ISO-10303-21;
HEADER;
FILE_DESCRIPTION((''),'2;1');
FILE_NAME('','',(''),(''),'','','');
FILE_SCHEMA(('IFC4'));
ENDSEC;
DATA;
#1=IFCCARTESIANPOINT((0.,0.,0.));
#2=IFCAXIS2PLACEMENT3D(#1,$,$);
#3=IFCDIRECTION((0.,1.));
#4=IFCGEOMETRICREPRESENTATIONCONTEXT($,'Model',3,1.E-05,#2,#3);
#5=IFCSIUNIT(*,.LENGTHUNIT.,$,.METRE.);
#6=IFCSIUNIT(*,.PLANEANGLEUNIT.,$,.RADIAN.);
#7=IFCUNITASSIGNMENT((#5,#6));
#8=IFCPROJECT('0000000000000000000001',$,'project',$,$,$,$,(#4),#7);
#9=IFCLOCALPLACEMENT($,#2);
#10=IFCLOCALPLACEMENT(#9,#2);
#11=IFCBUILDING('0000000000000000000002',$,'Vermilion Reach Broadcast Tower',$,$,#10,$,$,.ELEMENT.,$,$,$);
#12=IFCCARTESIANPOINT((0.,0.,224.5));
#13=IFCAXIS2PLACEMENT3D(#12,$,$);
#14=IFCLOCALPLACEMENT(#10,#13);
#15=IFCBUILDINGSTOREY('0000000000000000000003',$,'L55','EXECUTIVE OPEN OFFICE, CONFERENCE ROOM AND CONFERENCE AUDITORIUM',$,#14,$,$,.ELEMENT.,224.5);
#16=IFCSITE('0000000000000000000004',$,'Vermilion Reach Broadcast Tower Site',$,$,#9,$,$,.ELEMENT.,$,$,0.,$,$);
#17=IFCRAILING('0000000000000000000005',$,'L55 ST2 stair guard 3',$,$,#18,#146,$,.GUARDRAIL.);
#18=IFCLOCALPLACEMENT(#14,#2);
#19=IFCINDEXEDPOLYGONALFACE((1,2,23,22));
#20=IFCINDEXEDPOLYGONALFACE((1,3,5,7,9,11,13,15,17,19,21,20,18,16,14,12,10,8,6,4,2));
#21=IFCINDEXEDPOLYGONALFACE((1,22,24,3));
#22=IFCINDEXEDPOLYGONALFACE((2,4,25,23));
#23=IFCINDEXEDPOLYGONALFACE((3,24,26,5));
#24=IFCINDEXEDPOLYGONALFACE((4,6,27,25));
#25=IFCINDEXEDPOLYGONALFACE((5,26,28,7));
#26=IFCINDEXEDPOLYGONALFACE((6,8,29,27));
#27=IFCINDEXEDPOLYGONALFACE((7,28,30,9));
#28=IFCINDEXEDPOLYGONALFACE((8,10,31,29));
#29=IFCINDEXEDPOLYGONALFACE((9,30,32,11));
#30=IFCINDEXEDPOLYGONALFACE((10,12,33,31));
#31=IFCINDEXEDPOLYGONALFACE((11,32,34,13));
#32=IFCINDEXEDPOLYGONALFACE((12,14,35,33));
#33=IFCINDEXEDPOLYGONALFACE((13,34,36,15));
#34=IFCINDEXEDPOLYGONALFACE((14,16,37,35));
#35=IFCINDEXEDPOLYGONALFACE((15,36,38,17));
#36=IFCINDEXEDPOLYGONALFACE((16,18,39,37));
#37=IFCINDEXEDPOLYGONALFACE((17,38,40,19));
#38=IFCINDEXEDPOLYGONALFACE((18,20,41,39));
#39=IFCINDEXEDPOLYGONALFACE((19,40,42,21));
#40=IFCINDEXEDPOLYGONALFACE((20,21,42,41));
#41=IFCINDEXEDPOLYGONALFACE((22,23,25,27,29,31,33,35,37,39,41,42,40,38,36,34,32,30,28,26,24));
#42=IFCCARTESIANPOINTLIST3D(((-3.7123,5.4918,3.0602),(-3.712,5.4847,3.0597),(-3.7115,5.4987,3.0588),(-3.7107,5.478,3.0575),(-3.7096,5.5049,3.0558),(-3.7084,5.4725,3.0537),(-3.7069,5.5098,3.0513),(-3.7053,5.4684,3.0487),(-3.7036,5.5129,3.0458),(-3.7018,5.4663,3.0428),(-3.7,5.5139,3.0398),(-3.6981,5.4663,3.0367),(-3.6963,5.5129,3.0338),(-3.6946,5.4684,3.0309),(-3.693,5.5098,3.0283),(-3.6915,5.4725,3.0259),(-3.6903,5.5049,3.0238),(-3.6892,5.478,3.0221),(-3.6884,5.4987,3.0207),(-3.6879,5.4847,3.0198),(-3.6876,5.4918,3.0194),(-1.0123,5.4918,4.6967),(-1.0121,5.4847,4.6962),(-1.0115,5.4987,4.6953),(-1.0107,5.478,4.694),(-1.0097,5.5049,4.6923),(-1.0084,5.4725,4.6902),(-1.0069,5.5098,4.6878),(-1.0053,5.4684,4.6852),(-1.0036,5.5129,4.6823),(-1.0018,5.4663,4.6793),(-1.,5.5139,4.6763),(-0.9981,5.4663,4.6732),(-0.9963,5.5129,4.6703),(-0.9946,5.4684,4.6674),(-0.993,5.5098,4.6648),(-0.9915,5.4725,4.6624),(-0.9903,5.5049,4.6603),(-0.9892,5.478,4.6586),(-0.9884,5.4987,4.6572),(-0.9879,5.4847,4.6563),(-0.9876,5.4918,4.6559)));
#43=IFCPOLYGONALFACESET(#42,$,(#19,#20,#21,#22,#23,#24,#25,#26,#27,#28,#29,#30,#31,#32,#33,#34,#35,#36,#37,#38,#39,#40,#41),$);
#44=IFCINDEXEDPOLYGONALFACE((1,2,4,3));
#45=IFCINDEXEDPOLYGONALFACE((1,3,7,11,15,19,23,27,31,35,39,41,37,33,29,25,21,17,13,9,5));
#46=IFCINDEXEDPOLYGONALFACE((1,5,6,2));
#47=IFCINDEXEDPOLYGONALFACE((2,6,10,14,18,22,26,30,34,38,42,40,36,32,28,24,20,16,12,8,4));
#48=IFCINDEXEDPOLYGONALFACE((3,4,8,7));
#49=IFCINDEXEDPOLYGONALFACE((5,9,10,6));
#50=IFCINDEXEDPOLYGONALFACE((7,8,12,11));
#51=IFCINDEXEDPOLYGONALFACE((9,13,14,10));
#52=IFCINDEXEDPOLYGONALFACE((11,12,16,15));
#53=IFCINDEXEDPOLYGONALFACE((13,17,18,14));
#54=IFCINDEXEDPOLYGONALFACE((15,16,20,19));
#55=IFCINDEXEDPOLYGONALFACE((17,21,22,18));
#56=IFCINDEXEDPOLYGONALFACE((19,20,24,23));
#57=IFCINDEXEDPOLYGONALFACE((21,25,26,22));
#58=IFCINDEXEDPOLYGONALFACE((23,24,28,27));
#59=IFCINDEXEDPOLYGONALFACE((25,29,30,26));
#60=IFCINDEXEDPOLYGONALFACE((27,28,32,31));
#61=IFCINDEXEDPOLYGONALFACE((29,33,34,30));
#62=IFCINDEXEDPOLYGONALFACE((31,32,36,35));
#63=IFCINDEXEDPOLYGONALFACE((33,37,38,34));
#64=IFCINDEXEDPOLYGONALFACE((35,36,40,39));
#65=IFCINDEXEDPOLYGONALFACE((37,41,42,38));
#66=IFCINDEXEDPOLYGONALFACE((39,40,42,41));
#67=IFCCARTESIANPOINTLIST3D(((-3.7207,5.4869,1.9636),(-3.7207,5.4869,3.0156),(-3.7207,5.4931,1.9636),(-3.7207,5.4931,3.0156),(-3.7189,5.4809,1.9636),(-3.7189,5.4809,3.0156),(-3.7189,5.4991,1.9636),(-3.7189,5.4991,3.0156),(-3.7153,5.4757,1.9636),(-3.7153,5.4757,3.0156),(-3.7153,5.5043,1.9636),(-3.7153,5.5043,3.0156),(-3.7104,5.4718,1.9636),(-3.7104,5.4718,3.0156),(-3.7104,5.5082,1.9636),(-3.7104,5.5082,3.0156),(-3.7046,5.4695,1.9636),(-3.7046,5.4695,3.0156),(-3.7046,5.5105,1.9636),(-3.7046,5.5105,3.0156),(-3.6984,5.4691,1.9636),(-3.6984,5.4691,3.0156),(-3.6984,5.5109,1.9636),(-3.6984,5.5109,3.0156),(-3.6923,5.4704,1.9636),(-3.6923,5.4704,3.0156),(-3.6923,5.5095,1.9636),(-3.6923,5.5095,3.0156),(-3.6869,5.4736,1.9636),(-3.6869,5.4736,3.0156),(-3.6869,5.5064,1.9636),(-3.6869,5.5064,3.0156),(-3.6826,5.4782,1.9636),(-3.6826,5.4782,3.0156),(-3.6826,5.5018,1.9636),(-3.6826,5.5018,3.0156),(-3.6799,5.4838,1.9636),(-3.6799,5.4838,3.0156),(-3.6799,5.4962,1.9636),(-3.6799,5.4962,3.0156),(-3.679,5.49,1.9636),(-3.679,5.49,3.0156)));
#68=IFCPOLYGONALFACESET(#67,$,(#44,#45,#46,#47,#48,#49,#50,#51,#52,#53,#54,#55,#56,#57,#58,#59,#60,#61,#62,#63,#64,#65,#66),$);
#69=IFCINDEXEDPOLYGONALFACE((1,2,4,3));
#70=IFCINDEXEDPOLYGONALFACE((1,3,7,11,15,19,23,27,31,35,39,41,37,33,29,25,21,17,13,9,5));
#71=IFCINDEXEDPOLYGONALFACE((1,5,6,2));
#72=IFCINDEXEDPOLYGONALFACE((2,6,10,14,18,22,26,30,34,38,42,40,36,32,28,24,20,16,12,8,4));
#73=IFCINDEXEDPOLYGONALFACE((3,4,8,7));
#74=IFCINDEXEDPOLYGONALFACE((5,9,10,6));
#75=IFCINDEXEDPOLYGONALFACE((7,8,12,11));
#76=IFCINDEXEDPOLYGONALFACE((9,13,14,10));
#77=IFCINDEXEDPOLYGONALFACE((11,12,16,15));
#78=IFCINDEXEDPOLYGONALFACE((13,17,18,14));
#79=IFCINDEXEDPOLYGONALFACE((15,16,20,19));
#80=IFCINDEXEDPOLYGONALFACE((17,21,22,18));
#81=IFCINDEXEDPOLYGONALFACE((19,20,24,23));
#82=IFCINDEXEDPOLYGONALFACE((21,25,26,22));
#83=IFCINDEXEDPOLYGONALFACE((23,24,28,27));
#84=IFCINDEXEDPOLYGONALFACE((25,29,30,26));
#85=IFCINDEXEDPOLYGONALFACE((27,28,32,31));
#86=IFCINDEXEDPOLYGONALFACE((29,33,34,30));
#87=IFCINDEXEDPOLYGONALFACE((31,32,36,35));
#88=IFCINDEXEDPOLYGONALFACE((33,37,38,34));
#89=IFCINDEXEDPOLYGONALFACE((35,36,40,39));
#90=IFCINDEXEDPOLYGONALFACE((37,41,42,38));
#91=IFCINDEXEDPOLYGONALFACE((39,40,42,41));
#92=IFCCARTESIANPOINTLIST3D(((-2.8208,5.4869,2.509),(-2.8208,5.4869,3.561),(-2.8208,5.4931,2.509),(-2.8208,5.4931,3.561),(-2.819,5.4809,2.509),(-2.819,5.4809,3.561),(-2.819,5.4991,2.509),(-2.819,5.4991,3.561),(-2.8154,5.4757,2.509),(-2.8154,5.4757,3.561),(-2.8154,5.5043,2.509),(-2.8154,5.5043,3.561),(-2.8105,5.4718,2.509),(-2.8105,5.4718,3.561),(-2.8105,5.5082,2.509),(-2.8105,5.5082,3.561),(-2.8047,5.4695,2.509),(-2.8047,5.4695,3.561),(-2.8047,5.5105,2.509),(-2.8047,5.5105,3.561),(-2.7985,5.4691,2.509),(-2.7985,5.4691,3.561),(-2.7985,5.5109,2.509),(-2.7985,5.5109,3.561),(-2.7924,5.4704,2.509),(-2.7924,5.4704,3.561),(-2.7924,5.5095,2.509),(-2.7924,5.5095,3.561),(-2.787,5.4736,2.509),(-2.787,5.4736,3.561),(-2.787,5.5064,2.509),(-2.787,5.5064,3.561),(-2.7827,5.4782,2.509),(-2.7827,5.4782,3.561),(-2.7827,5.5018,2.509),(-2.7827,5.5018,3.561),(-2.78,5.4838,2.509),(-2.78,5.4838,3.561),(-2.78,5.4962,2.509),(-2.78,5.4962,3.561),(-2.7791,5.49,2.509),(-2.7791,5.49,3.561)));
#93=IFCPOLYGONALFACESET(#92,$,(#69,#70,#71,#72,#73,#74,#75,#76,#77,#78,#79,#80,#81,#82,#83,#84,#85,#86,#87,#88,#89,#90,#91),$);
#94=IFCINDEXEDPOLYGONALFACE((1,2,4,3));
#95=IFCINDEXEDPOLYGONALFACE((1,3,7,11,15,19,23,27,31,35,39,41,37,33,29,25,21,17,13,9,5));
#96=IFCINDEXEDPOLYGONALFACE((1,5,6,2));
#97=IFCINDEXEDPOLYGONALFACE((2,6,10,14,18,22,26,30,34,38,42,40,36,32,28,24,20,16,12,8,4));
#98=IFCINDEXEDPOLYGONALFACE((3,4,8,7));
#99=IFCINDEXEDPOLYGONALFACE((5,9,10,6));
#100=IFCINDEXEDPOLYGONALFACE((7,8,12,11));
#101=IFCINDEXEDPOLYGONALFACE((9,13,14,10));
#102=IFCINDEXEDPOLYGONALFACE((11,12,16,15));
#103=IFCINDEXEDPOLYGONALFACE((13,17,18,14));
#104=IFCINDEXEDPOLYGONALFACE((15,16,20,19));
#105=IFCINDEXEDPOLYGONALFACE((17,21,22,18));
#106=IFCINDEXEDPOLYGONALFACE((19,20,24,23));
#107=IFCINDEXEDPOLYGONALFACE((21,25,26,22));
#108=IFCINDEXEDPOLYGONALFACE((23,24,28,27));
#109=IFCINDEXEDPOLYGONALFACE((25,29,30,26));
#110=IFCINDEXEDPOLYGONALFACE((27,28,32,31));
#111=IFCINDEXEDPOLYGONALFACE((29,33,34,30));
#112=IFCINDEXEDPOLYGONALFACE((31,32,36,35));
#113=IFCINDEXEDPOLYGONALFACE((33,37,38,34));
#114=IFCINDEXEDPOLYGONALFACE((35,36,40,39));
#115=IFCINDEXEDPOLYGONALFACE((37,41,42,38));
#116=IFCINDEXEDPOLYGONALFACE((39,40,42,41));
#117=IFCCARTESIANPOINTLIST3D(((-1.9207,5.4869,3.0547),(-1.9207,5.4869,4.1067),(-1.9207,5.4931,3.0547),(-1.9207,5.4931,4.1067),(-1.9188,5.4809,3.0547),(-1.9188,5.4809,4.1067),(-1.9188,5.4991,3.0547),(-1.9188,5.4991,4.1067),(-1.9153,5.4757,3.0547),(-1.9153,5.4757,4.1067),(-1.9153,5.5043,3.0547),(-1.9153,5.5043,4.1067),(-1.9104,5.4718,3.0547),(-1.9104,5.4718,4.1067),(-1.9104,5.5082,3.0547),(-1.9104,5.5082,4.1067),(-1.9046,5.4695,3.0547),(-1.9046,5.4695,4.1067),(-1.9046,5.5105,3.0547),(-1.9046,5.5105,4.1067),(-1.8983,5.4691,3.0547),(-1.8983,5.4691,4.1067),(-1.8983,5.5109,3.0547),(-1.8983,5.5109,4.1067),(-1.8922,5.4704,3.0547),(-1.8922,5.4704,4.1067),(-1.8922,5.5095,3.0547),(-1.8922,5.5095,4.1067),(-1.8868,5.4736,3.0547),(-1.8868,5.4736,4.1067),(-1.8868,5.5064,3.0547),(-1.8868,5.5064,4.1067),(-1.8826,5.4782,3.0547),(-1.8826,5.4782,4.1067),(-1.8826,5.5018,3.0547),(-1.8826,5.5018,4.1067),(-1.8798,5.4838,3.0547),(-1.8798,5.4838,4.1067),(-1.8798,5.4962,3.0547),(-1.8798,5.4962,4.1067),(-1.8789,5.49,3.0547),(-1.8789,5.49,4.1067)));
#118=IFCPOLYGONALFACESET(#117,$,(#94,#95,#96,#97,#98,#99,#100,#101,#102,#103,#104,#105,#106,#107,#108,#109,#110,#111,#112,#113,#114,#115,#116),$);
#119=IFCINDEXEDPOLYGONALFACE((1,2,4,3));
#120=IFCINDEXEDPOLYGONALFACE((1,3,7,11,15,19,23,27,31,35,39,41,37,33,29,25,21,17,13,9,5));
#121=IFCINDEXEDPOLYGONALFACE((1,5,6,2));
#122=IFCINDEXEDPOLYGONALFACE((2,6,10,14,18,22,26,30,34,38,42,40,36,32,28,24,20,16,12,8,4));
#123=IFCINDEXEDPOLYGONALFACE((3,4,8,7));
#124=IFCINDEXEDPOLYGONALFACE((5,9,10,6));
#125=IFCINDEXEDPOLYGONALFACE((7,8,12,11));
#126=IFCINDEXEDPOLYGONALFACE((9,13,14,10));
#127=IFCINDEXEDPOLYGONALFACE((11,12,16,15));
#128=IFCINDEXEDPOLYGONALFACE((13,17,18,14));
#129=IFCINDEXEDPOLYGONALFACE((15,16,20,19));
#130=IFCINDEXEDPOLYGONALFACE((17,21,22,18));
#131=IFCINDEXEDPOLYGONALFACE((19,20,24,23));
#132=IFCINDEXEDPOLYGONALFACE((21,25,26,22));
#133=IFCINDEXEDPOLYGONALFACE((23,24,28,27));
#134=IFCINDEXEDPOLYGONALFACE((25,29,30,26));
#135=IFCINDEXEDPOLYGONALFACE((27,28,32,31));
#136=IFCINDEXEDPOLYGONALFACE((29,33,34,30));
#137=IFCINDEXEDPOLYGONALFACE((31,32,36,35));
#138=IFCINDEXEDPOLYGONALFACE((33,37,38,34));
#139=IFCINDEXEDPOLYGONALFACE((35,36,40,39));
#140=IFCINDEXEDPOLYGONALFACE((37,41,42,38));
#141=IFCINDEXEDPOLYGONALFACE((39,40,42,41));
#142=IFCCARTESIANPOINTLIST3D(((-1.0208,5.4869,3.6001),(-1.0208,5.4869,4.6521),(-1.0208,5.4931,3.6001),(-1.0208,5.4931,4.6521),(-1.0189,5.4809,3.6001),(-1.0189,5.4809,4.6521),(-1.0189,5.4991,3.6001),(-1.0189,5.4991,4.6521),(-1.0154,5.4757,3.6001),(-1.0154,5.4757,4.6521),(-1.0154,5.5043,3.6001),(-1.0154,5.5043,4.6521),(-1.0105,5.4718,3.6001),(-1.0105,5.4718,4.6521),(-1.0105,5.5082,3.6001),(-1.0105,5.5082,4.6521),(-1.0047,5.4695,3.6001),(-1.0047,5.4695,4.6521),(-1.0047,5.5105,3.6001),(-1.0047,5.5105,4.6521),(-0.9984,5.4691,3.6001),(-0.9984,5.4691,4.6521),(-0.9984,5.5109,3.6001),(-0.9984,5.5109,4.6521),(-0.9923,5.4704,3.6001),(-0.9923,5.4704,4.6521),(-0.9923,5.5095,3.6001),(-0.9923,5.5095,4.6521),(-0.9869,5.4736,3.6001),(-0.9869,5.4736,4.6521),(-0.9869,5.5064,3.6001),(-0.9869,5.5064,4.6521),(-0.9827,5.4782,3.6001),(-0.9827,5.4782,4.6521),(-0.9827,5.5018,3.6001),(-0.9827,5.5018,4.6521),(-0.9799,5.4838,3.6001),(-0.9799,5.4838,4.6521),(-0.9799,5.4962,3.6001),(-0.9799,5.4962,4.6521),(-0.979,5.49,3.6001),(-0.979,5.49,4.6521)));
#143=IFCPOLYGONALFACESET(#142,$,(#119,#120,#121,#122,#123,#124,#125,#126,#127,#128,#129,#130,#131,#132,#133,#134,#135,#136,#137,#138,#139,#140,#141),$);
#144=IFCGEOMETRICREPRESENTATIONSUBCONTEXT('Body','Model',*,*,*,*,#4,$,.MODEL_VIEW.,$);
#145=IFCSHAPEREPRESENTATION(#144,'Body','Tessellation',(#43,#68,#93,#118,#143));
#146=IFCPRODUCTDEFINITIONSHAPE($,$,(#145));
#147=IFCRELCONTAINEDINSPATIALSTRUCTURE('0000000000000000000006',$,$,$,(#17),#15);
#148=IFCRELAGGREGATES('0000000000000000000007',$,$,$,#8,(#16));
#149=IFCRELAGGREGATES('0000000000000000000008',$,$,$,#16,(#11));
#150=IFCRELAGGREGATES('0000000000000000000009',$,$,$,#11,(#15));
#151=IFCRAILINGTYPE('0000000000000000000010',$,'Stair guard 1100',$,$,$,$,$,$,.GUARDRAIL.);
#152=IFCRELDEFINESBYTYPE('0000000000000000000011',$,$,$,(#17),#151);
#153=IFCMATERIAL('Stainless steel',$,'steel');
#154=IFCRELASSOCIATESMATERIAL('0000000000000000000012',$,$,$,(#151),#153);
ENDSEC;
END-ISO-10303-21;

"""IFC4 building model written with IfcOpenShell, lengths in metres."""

from ifc_helpers import new_model, si_unit, direction, frame, origin, origin_2d, place, context, subcontext, project, spatial, circle, extrude, material, type_object, element, save


model = new_model("IFC4")

# Units and contexts
model_context = context("Model", 3, precision=1e-05, world=origin(), true_north=direction((0.0, 1.0)))
body_context = subcontext(model_context, "Body", "Model", "MODEL_VIEW")
ifc_project = project(units=[si_unit("LENGTHUNIT", "METRE"), si_unit("PLANEANGLEUNIT", "RADIAN")], contexts=[model_context])

# Site, building, storey
site_placement = place(None, origin())
site = spatial("IfcSite", under=ifc_project, at=site_placement, Name="Vermilion Reach Broadcast Tower Site", CompositionType="ELEMENT", RefElevation=0.0)
building_placement = place(site_placement, origin())
building = spatial("IfcBuilding", under=site, at=building_placement, Name="Vermilion Reach Broadcast Tower", CompositionType="ELEMENT")
storey_placement = place(building_placement, frame((0.0, 0.0, 224.5)))
storey = spatial("IfcBuildingStorey", under=building, at=storey_placement, Name="L55", Description="EXECUTIVE OPEN OFFICE, CONFERENCE ROOM AND CONFERENCE AUDITORIUM", CompositionType="ELEMENT", Elevation=224.5)

# Railing
ifc_material_1 = material(Name="Stainless steel", Category="steel")
railing_type_1 = type_object("IfcRailingType", Name="Stair guard 1100", PredefinedType="GUARDRAIL", material=ifc_material_1)
railing_1_placement = place(storey_placement, frame((-3.7, 5.49, 1.9636)))
element("IfcRailing", 1, at=railing_1_placement, inside=storey, type_object=railing_type_1, Name="L55 ST2 stair guard 3", PredefinedType="GUARDRAIL", context=body_context, shape_type="SweptSolid", body=[
    extrude(circle(Radius=0.0239, at=origin_2d()), frame((0.0, 0.0, 1.0762), z_axis=(0.855178, 0.0, 0.518334), x_axis=(0.0, 1.0, 0.0)), (0.0, 0.0, 1.0), 3.1572),
    extrude(circle(Radius=0.021, at=origin_2d()), origin(), (0.0, 0.0, 1.0), 1.052),
    extrude(circle(Radius=0.021, at=origin_2d()), frame((0.8999, 0.0, 0.5454)), (0.0, 0.0, 1.0), 1.052),
    extrude(circle(Radius=0.021, at=origin_2d()), frame((1.8, 0.0, 1.0911)), (0.0, 0.0, 1.0), 1.052),
    extrude(circle(Radius=0.021, at=origin_2d()), frame((2.7, 0.0, 1.6365)), (0.0, 0.0, 1.0), 1.052),
])

save(model, "model.ifc")
